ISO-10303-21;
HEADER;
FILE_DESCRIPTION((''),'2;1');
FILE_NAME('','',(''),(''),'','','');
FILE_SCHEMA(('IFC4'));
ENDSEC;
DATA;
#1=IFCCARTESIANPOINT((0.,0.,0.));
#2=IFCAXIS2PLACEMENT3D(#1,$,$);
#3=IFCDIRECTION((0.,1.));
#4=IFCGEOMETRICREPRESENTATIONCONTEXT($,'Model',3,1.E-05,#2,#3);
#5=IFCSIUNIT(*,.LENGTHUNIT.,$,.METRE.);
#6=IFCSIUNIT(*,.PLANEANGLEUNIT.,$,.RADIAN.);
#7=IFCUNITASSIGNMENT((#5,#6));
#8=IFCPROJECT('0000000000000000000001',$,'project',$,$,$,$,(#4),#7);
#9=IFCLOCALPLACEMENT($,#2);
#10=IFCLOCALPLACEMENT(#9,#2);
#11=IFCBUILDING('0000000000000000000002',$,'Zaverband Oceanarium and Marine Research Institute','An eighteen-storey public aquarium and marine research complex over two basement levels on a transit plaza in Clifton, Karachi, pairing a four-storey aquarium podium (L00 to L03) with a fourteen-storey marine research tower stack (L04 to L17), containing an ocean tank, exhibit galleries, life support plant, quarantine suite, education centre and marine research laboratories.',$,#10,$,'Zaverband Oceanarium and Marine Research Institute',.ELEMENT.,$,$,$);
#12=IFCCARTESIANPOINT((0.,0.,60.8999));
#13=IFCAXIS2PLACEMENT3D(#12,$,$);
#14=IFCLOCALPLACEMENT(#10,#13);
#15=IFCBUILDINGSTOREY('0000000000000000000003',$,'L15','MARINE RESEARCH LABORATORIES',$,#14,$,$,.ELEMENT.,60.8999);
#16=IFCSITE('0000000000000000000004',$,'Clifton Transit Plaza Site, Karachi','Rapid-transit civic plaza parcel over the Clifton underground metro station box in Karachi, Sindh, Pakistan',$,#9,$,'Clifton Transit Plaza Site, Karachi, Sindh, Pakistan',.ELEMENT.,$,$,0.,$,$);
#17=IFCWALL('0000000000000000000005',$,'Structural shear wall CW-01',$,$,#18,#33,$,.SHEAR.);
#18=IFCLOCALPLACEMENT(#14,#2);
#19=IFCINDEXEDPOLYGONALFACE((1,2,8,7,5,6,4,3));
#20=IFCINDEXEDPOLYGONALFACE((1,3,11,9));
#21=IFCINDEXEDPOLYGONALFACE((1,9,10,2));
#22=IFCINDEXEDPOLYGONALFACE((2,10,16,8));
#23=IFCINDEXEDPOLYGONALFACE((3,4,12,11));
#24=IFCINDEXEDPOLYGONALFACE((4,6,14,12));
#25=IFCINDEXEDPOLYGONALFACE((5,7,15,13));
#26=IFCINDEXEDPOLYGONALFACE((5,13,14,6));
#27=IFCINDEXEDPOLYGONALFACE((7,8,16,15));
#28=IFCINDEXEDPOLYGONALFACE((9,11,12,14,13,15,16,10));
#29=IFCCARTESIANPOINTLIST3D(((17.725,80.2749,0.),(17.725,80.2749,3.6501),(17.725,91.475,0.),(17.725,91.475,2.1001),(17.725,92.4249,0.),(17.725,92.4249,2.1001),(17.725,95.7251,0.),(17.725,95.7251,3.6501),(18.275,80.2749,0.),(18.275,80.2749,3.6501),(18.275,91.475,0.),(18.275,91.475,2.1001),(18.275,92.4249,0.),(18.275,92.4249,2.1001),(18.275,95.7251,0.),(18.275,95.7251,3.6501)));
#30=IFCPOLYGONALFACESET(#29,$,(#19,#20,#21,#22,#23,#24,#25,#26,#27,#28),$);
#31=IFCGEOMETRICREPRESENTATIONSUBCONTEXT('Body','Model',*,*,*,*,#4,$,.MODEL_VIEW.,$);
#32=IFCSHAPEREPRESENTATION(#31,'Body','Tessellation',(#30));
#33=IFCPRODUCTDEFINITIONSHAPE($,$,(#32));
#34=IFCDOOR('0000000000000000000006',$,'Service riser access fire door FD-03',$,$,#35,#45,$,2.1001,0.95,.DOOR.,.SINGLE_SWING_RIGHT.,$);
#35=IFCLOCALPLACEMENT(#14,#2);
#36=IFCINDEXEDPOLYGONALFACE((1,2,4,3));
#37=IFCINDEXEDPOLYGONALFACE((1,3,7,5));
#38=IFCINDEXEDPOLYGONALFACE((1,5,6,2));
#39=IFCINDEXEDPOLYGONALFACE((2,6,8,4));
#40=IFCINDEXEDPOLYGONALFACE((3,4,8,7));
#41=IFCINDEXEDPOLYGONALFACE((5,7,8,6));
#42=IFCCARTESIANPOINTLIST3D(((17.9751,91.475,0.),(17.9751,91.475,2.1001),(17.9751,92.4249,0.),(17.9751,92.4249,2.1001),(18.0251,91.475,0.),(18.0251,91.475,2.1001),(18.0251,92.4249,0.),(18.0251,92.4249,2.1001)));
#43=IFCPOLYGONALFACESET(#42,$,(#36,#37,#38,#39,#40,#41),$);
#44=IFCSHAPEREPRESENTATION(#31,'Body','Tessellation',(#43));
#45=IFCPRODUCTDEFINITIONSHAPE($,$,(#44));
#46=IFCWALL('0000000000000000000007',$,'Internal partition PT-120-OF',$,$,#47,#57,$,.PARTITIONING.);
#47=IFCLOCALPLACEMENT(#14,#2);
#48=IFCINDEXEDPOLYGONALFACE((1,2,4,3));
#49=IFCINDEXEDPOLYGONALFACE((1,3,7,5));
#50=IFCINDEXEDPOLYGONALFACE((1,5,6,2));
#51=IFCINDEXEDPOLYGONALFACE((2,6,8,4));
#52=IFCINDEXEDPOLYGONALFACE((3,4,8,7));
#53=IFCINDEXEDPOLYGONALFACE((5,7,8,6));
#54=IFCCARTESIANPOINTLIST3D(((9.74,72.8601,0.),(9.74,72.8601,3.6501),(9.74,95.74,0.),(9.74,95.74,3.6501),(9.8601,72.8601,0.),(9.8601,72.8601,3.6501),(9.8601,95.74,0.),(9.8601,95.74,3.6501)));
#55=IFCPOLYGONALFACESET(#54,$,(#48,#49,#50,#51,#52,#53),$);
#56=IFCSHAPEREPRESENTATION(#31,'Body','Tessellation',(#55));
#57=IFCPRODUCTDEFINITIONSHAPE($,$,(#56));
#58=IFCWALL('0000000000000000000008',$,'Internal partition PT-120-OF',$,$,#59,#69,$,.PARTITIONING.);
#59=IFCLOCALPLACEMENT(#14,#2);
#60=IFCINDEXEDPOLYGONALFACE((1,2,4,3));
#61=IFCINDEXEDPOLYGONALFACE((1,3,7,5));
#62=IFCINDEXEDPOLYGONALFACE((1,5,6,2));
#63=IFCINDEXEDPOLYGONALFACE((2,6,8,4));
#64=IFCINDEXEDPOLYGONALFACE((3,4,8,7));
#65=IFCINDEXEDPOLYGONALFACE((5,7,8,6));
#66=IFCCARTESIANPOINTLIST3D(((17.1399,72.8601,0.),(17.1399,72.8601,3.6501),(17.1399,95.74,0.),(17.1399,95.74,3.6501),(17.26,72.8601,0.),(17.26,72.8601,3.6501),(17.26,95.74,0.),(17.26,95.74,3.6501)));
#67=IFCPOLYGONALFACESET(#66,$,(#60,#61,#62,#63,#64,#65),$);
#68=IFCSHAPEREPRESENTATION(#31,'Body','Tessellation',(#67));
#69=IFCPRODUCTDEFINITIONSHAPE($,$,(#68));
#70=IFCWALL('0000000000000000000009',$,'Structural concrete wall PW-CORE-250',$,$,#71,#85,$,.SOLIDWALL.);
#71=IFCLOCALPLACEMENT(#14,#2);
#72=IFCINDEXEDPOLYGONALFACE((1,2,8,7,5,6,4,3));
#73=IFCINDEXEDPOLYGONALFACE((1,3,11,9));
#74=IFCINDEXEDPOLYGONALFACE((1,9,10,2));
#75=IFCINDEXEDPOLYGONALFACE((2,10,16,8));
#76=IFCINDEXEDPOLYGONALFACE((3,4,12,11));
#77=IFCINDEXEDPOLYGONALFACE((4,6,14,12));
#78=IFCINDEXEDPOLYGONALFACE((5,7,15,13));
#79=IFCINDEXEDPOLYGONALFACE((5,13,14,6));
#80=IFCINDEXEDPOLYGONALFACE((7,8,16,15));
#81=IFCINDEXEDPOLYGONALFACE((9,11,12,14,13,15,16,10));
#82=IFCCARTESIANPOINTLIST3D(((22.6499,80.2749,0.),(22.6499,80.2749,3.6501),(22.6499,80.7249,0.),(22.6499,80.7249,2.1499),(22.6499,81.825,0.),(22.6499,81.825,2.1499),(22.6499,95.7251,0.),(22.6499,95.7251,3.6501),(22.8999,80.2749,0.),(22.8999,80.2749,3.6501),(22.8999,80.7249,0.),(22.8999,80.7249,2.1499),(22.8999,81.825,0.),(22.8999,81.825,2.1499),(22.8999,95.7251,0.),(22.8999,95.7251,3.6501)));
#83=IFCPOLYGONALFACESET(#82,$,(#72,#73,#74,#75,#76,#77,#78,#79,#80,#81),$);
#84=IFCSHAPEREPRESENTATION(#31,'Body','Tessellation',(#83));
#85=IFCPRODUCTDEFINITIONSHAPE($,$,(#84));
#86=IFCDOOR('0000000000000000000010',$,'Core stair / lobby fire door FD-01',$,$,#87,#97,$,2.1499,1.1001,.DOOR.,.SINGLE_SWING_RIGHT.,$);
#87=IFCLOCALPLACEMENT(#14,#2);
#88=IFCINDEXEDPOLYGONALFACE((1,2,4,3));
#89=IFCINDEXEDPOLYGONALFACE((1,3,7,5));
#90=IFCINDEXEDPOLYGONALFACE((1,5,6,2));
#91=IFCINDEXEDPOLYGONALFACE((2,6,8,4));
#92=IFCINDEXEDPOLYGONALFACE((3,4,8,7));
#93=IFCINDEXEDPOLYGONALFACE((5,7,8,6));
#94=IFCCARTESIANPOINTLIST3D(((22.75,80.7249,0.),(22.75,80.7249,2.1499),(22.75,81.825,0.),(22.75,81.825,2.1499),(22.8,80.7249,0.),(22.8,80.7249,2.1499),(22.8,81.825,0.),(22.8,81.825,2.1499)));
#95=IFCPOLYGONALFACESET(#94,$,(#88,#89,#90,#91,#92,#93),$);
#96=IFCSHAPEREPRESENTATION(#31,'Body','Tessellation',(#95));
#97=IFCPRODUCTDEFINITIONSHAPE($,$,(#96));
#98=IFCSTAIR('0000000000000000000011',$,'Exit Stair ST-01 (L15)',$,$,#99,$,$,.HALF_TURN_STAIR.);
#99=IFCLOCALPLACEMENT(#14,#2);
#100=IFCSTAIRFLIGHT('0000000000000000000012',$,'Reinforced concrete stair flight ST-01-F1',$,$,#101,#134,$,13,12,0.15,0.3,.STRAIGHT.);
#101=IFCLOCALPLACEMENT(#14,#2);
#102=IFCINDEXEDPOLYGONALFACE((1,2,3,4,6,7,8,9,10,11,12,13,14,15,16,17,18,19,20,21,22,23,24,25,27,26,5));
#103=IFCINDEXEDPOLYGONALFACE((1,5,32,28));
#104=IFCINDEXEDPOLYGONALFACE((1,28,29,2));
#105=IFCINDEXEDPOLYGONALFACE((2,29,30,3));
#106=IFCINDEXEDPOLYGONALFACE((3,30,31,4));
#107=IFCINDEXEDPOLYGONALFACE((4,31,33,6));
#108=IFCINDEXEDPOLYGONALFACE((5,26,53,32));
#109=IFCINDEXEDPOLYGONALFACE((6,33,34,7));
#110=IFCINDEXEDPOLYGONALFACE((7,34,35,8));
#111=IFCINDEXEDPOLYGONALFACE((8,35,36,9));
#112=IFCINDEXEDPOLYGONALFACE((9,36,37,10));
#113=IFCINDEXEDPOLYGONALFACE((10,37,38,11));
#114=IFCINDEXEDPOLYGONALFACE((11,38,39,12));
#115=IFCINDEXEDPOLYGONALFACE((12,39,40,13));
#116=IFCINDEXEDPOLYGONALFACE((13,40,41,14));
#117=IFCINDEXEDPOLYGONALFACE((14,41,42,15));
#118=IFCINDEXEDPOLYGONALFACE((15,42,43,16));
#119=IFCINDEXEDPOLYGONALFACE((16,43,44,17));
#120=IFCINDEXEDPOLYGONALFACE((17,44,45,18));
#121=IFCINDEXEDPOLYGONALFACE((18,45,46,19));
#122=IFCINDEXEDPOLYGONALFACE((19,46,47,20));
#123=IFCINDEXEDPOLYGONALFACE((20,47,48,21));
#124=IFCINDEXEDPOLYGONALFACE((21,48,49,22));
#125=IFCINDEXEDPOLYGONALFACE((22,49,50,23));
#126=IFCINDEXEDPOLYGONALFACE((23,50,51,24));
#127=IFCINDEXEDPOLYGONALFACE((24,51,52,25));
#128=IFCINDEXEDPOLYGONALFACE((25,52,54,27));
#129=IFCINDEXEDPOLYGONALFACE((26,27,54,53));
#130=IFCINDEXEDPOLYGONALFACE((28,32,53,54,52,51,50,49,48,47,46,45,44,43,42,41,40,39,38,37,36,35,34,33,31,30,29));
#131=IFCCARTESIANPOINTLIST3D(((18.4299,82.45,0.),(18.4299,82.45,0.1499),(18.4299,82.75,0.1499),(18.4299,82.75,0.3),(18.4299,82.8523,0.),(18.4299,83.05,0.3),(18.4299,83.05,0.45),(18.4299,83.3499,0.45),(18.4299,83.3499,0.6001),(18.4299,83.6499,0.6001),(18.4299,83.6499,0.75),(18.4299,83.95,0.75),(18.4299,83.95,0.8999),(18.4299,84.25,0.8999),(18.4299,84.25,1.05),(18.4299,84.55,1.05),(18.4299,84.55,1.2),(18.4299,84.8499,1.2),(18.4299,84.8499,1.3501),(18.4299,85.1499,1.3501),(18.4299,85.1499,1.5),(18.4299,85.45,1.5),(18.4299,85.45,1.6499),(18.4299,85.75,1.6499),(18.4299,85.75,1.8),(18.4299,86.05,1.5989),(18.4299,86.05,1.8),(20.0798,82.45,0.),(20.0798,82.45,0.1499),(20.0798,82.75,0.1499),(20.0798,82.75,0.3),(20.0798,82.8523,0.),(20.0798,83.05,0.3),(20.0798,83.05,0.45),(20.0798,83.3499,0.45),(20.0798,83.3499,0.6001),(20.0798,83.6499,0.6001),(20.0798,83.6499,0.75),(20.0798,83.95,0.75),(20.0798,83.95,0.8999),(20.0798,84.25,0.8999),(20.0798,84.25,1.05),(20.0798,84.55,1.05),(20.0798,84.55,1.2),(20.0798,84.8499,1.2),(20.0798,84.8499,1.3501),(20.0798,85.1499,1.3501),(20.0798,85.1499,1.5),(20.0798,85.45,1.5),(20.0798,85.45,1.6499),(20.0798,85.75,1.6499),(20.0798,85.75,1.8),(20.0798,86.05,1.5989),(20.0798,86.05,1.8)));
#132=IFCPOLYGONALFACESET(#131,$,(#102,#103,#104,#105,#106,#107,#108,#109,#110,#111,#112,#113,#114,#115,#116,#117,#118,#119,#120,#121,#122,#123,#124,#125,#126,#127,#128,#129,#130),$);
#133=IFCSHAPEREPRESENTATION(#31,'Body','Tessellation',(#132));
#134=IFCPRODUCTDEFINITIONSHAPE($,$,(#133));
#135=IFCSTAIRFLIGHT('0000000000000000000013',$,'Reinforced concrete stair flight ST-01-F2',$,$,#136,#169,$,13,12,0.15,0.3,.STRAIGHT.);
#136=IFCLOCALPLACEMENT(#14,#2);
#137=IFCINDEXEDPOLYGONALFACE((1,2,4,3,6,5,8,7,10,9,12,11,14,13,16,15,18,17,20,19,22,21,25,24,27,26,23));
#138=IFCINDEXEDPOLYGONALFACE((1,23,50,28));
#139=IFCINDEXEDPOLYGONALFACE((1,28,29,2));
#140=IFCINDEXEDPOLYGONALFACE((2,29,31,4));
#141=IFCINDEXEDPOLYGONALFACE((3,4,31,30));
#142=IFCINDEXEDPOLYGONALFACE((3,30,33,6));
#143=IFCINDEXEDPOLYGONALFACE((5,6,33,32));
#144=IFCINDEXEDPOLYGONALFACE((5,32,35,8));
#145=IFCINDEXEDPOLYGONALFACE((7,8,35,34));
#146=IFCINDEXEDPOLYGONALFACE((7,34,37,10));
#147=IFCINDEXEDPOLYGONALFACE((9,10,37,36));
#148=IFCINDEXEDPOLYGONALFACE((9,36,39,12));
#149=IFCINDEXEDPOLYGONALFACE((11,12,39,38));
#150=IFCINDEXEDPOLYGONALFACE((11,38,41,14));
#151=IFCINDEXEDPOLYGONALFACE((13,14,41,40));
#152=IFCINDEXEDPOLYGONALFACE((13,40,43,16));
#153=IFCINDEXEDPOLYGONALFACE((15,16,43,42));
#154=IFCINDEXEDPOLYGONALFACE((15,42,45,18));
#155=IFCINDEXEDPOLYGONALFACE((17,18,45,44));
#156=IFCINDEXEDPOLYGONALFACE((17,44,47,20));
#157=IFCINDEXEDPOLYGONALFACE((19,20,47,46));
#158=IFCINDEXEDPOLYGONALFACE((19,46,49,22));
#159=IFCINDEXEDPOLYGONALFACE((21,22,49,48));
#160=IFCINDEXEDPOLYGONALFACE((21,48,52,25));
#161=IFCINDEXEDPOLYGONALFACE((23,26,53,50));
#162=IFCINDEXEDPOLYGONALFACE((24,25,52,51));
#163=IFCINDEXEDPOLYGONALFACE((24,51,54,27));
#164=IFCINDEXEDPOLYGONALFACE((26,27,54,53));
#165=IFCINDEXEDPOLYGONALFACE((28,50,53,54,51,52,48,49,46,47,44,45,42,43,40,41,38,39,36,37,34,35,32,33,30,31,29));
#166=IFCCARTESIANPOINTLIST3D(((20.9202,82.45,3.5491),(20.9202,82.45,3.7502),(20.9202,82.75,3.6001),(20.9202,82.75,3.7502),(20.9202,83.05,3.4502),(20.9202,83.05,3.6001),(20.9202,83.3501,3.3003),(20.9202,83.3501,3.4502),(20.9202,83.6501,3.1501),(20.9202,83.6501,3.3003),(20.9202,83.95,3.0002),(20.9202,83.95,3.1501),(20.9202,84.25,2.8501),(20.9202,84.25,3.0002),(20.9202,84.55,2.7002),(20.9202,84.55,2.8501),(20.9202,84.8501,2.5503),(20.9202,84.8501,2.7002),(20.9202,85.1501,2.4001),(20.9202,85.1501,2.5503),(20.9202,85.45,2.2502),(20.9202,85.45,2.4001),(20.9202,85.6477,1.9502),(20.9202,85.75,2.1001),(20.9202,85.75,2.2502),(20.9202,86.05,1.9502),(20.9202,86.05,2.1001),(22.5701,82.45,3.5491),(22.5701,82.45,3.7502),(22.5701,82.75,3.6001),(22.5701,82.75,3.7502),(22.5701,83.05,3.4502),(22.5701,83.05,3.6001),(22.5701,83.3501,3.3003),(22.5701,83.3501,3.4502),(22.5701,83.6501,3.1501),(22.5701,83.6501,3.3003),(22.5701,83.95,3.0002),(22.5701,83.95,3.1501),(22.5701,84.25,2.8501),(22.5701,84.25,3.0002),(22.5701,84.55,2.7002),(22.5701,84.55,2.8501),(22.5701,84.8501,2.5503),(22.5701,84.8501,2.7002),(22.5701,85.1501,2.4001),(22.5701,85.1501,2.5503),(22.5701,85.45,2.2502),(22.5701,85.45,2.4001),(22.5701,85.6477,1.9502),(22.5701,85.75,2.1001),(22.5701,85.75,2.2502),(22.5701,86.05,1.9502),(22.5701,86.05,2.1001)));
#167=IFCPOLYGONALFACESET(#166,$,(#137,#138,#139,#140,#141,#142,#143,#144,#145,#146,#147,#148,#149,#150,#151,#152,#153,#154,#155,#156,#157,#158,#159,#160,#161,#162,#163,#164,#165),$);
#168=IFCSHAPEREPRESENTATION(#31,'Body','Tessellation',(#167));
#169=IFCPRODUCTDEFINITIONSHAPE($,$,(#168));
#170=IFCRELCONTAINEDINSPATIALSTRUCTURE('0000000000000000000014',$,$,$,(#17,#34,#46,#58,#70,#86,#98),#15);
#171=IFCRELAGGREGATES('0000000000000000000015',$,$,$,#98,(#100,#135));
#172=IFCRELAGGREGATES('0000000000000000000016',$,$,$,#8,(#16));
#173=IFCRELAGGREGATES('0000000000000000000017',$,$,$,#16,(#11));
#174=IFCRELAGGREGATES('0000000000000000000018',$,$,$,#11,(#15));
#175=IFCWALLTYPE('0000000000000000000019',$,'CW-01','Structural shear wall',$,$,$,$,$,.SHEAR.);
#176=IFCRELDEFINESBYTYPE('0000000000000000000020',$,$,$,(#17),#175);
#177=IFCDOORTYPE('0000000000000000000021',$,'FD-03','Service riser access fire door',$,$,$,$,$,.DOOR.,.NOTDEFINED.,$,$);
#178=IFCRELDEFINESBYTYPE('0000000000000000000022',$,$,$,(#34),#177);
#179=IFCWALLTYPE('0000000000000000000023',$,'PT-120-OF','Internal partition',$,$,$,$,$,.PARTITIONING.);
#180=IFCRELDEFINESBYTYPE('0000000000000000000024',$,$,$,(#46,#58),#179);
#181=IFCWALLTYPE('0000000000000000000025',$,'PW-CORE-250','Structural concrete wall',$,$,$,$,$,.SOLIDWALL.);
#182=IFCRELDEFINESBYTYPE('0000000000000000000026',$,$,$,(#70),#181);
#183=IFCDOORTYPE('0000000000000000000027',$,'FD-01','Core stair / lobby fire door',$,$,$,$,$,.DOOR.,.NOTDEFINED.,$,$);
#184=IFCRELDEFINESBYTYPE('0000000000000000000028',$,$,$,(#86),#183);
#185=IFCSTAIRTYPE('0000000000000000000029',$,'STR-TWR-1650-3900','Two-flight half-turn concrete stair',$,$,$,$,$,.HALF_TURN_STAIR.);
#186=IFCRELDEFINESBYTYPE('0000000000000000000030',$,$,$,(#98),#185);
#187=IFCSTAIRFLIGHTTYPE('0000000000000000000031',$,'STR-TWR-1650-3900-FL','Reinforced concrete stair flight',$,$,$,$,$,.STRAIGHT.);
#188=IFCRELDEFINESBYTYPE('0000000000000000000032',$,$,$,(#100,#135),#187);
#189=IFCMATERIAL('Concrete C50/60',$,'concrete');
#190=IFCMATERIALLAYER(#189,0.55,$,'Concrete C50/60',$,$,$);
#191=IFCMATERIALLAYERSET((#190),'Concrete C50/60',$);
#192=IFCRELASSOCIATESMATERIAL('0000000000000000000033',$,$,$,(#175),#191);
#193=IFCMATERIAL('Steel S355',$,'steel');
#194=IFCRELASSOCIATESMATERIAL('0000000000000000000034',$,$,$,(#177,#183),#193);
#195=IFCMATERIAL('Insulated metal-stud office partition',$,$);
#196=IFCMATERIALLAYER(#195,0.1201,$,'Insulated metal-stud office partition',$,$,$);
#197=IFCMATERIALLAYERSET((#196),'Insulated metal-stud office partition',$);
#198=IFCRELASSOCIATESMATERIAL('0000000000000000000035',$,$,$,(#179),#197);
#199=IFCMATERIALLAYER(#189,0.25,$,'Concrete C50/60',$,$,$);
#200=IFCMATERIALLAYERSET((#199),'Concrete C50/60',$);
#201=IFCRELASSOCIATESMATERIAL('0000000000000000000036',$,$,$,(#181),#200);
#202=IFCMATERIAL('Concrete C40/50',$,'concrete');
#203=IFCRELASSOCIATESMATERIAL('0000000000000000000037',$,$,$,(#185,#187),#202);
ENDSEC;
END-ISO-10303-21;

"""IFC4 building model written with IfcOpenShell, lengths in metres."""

from ifc_helpers import new_model, si_unit, direction, frame, frame_2d, origin, place, context, subcontext, project, spatial, polyline, rectangle, outline, extrude, material, layer, layer_set, type_object, element, fill, aggregate, save


model = new_model("IFC4")

# Units and contexts
model_context = context("Model", 3, precision=1e-05, world=origin(), true_north=direction((0.0, 1.0)))
body_context = subcontext(model_context, "Body", "Model", "MODEL_VIEW")
ifc_project = project(units=[si_unit("LENGTHUNIT", "METRE"), si_unit("PLANEANGLEUNIT", "RADIAN")], contexts=[model_context])

# Site, building, storey
site_placement = place(None, origin())
site = spatial("IfcSite", under=ifc_project, at=site_placement, Name="Clifton Transit Plaza Site, Karachi", Description="Rapid-transit civic plaza parcel over the Clifton underground metro station box in Karachi, Sindh, Pakistan", LongName="Clifton Transit Plaza Site, Karachi, Sindh, Pakistan", CompositionType="ELEMENT", RefElevation=0.0)
building_placement = place(site_placement, origin())
building = spatial("IfcBuilding", under=site, at=building_placement, Name="Zaverband Oceanarium and Marine Research Institute", Description="An eighteen-storey public aquarium and marine research complex over two basement levels on a transit plaza in Clifton, Karachi, pairing a four-storey aquarium podium (L00 to L03) with a fourteen-storey marine research tower stack (L04 to L17), containing an ocean tank, exhibit galleries, life support plant, quarantine suite, education centre and marine research laboratories.", LongName="Zaverband Oceanarium and Marine Research Institute", CompositionType="ELEMENT")
storey_placement = place(building_placement, frame((0.0, 0.0, 60.8999)))
storey = spatial("IfcBuildingStorey", under=building, at=storey_placement, Name="L15", Description="MARINE RESEARCH LABORATORIES", CompositionType="ELEMENT", Elevation=60.8999)

# Shared definitions
ifc_material_1 = material(Name="Concrete C50/60", Category="concrete")

# Shared definitions
ifc_material_2 = material(Name="Concrete C40/50", Category="concrete")

# Wall, opening, door
ifc_layer_1 = layer(ifc_material_1, 0.55, Name="Concrete C50/60")
ifc_layer_set_1 = layer_set([ifc_layer_1], Name="Concrete C50/60")
wall_type_1 = type_object("IfcWallType", Name="CW-01", Description="Structural shear wall", PredefinedType="SHEAR", material=ifc_layer_set_1)
ifc_material_3 = material(Name="Steel S355", Category="steel")
wall_1_placement = place(storey_placement, frame((18.0, 80.2749, 0.0), z_axis=(0.0, 0.0, 1.0), x_axis=(0.0, 1.0, 0.0)))
wall_1 = element("IfcWall", 1, at=wall_1_placement, inside=storey, type_object=wall_type_1, Name="Structural shear wall CW-01", PredefinedType="SHEAR", context=body_context, shape_type="SweptSolid", body=[
    extrude(rectangle(XDim=15.4502, YDim=0.55, at=frame_2d((7.7251, 0.0))), origin(), (0.0, 0.0, 1.0), 3.6501),
])
opening_1_placement = place(wall_1_placement, frame((11.2, 0.0, 0.0)))
opening_1 = element("IfcOpeningElement", 2, at=opening_1_placement, cuts=wall_1, PredefinedType="OPENING", context=body_context, shape_type="SweptSolid", body=[
    extrude(rectangle(XDim=0.95, YDim=2.1001, at=frame_2d((0.4751, 1.05))), frame((0.0, 0.2871, 0.0), z_axis=(0.0, -1.0, 0.0), x_axis=(1.0, 0.0, 0.0)), (0.0, 0.0, 1.0), 0.574),
])
door_type_1 = type_object("IfcDoorType", Name="FD-03", Description="Service riser access fire door", OperationType="NOTDEFINED", PredefinedType="DOOR", material=ifc_material_3)
door_1_placement = place(opening_1_placement, origin())
door_1 = element("IfcDoor", 3, at=door_1_placement, inside=storey, type_object=door_type_1, Name="Service riser access fire door FD-03", OperationType="SINGLE_SWING_RIGHT", OverallHeight=2.1001, OverallWidth=0.95, PredefinedType="DOOR", context=body_context, shape_type="SweptSolid", body=[
    extrude(rectangle(XDim=0.95, YDim=2.1001, at=frame_2d((0.4751, 1.05))), frame((0.0, 0.0249, 0.0), z_axis=(0.0, -1.0, 0.0), x_axis=(1.0, 0.0, 0.0)), (0.0, 0.0, 1.0), 0.05),
])
fill(opening_1, door_1)

# Walls
ifc_material_4 = material(Name="Insulated metal-stud office partition")
ifc_layer_2 = layer(ifc_material_4, 0.1201, Name="Insulated metal-stud office partition")
ifc_layer_set_2 = layer_set([ifc_layer_2], Name="Insulated metal-stud office partition")
wall_type_2 = type_object("IfcWallType", Name="PT-120-OF", Description="Internal partition", PredefinedType="PARTITIONING", material=ifc_layer_set_2)
for number, where, z_axis, x_axis, name in (
    (4, (9.8, 72.8601, 0.0), (0.0, 0.0, 1.0), (0.0, 1.0, 0.0), "Internal partition PT-120-OF"),
    (5, (17.2, 72.8601, 0.0), (0.0, 0.0, 1.0), (0.0, 1.0, 0.0), "Internal partition PT-120-OF"),
):
    element("IfcWall", number, at=place(storey_placement, frame(where, z_axis=z_axis, x_axis=x_axis)), inside=storey, type_object=wall_type_2, Name=name, PredefinedType="PARTITIONING", context=body_context, shape_type="SweptSolid", body=[
        extrude(rectangle(XDim=22.8799, YDim=0.1201, at=frame_2d((11.4399, 0.0))), origin(), (0.0, 0.0, 1.0), 3.6501),
    ])

# Wall, opening, door
ifc_layer_3 = layer(ifc_material_1, 0.25, Name="Concrete C50/60")
ifc_layer_set_3 = layer_set([ifc_layer_3], Name="Concrete C50/60")
wall_type_3 = type_object("IfcWallType", Name="PW-CORE-250", Description="Structural concrete wall", PredefinedType="SOLIDWALL", material=ifc_layer_set_3)
wall_2_placement = place(storey_placement, frame((22.7749, 80.2749, 0.0), z_axis=(0.0, 0.0, 1.0), x_axis=(0.0, 1.0, 0.0)))
wall_2 = element("IfcWall", 6, at=wall_2_placement, inside=storey, type_object=wall_type_3, Name="Structural concrete wall PW-CORE-250", PredefinedType="SOLIDWALL", context=body_context, shape_type="SweptSolid", body=[
    extrude(rectangle(XDim=15.4502, YDim=0.25, at=frame_2d((7.7251, 0.0))), origin(), (0.0, 0.0, 1.0), 3.6501),
])
opening_2_placement = place(wall_2_placement, frame((0.45, 0.0, 0.0)))
opening_2 = element("IfcOpeningElement", 7, at=opening_2_placement, cuts=wall_2, PredefinedType="OPENING", context=body_context, shape_type="SweptSolid", body=[
    extrude(rectangle(XDim=1.1001, YDim=2.1499, at=frame_2d((0.55, 1.075))), frame((0.0, 0.137, 0.0), z_axis=(0.0, -1.0, 0.0), x_axis=(1.0, 0.0, 0.0)), (0.0, 0.0, 1.0), 0.2739),
])
door_type_2 = type_object("IfcDoorType", Name="FD-01", Description="Core stair / lobby fire door", OperationType="NOTDEFINED", PredefinedType="DOOR", material=ifc_material_3)
door_2_placement = place(opening_2_placement, origin())
door_2 = element("IfcDoor", 8, at=door_2_placement, inside=storey, type_object=door_type_2, Name="Core stair / lobby fire door FD-01", OperationType="SINGLE_SWING_RIGHT", OverallHeight=2.1499, OverallWidth=1.1001, PredefinedType="DOOR", context=body_context, shape_type="SweptSolid", body=[
    extrude(rectangle(XDim=1.1001, YDim=2.1499, at=frame_2d((0.55, 1.075))), frame((0.0, 0.0249, 0.0), z_axis=(0.0, -1.0, 0.0), x_axis=(1.0, 0.0, 0.0)), (0.0, 0.0, 1.0), 0.05),
])
fill(opening_2, door_2)

# Stair, stair flights
stair_type = type_object("IfcStairType", Name="STR-TWR-1650-3900", Description="Two-flight half-turn concrete stair", PredefinedType="HALF_TURN_STAIR", material=ifc_material_2)
stair_placement = place(storey_placement, origin())
stair = element("IfcStair", 9, at=stair_placement, inside=storey, type_object=stair_type, Name="Exit Stair ST-01 (L15)", PredefinedType="HALF_TURN_STAIR")
stair_flight_type = type_object("IfcStairFlightType", Name="STR-TWR-1650-3900-FL", Description="Reinforced concrete stair flight", PredefinedType="STRAIGHT", material=ifc_material_2)
stair_flight_1_placement = place(storey_placement, frame((19.2549, 82.45, 0.0), z_axis=(0.0, 0.0, 1.0), x_axis=(0.0, 1.0, 0.0)))
stair_flight_1 = element("IfcStairFlight", 10, at=stair_flight_1_placement, type_object=stair_flight_type, Name="Reinforced concrete stair flight ST-01-F1", NumberOfRisers=13, NumberOfTreads=12, PredefinedType="STRAIGHT", RiserHeight=0.15, TreadLength=0.3, context=body_context, shape_type="SweptSolid", body=[
    extrude(outline(polyline([(0.0, 0.0), (0.0, 0.1499), (0.3, 0.1499), (0.3, 0.3), (0.6001, 0.3), (0.6001, 0.45), (0.8999, 0.45), (0.8999, 0.6001), (1.2, 0.6001), (1.2, 0.75), (1.5, 0.75), (1.5, 0.8999), (1.8, 0.8999), (1.8, 1.05), (2.1001, 1.05), (2.1001, 1.2), (2.3999, 1.2), (2.3999, 1.3501), (2.7, 1.3501), (2.7, 1.5), (3.0, 1.5), (3.0, 1.6499), (3.3, 1.6499), (3.3, 1.8), (3.6001, 1.8), (3.6001, 1.95), (3.6001, 1.5989), (0.4023, 0.0), (0.0, 0.0)])), frame((0.0, 0.825, 0.0), z_axis=(0.0, -1.0, 0.0), x_axis=(1.0, 0.0, 0.0)), (0.0, 0.0, 1.0), 1.6499),
])
stair_flight_2_placement = place(storey_placement, frame((21.7451, 86.05, 1.9502), z_axis=(0.0, 0.0, 1.0), x_axis=(0.0, -1.0, 0.0)))
stair_flight_2 = element("IfcStairFlight", 11, at=stair_flight_2_placement, type_object=stair_flight_type, Name="Reinforced concrete stair flight ST-01-F2", NumberOfRisers=13, NumberOfTreads=12, PredefinedType="STRAIGHT", RiserHeight=0.15, TreadLength=0.3, context=body_context, shape_type="SweptSolid", body=[
    extrude(outline(polyline([(0.0, 0.0), (0.0, 0.1499), (0.3, 0.1499), (0.3, 0.3), (0.6001, 0.3), (0.6001, 0.45), (0.8999, 0.45), (0.8999, 0.6001), (1.2, 0.6001), (1.2, 0.75), (1.5, 0.75), (1.5, 0.8999), (1.8, 0.8999), (1.8, 1.05), (2.1001, 1.05), (2.1001, 1.2), (2.3999, 1.2), (2.3999, 1.3501), (2.7, 1.3501), (2.7, 1.5), (3.0, 1.5), (3.0, 1.6499), (3.3, 1.6499), (3.3, 1.8), (3.6001, 1.8), (3.6001, 1.95), (3.6001, 1.5989), (0.4023, 0.0), (0.0, 0.0)])), frame((0.0, 0.825, 0.0), z_axis=(0.0, -1.0, 0.0), x_axis=(1.0, 0.0, 0.0)), (0.0, 0.0, 1.0), 1.6499),
])
aggregate(stair, [stair_flight_1, stair_flight_2])

save(model, "model.ifc")
